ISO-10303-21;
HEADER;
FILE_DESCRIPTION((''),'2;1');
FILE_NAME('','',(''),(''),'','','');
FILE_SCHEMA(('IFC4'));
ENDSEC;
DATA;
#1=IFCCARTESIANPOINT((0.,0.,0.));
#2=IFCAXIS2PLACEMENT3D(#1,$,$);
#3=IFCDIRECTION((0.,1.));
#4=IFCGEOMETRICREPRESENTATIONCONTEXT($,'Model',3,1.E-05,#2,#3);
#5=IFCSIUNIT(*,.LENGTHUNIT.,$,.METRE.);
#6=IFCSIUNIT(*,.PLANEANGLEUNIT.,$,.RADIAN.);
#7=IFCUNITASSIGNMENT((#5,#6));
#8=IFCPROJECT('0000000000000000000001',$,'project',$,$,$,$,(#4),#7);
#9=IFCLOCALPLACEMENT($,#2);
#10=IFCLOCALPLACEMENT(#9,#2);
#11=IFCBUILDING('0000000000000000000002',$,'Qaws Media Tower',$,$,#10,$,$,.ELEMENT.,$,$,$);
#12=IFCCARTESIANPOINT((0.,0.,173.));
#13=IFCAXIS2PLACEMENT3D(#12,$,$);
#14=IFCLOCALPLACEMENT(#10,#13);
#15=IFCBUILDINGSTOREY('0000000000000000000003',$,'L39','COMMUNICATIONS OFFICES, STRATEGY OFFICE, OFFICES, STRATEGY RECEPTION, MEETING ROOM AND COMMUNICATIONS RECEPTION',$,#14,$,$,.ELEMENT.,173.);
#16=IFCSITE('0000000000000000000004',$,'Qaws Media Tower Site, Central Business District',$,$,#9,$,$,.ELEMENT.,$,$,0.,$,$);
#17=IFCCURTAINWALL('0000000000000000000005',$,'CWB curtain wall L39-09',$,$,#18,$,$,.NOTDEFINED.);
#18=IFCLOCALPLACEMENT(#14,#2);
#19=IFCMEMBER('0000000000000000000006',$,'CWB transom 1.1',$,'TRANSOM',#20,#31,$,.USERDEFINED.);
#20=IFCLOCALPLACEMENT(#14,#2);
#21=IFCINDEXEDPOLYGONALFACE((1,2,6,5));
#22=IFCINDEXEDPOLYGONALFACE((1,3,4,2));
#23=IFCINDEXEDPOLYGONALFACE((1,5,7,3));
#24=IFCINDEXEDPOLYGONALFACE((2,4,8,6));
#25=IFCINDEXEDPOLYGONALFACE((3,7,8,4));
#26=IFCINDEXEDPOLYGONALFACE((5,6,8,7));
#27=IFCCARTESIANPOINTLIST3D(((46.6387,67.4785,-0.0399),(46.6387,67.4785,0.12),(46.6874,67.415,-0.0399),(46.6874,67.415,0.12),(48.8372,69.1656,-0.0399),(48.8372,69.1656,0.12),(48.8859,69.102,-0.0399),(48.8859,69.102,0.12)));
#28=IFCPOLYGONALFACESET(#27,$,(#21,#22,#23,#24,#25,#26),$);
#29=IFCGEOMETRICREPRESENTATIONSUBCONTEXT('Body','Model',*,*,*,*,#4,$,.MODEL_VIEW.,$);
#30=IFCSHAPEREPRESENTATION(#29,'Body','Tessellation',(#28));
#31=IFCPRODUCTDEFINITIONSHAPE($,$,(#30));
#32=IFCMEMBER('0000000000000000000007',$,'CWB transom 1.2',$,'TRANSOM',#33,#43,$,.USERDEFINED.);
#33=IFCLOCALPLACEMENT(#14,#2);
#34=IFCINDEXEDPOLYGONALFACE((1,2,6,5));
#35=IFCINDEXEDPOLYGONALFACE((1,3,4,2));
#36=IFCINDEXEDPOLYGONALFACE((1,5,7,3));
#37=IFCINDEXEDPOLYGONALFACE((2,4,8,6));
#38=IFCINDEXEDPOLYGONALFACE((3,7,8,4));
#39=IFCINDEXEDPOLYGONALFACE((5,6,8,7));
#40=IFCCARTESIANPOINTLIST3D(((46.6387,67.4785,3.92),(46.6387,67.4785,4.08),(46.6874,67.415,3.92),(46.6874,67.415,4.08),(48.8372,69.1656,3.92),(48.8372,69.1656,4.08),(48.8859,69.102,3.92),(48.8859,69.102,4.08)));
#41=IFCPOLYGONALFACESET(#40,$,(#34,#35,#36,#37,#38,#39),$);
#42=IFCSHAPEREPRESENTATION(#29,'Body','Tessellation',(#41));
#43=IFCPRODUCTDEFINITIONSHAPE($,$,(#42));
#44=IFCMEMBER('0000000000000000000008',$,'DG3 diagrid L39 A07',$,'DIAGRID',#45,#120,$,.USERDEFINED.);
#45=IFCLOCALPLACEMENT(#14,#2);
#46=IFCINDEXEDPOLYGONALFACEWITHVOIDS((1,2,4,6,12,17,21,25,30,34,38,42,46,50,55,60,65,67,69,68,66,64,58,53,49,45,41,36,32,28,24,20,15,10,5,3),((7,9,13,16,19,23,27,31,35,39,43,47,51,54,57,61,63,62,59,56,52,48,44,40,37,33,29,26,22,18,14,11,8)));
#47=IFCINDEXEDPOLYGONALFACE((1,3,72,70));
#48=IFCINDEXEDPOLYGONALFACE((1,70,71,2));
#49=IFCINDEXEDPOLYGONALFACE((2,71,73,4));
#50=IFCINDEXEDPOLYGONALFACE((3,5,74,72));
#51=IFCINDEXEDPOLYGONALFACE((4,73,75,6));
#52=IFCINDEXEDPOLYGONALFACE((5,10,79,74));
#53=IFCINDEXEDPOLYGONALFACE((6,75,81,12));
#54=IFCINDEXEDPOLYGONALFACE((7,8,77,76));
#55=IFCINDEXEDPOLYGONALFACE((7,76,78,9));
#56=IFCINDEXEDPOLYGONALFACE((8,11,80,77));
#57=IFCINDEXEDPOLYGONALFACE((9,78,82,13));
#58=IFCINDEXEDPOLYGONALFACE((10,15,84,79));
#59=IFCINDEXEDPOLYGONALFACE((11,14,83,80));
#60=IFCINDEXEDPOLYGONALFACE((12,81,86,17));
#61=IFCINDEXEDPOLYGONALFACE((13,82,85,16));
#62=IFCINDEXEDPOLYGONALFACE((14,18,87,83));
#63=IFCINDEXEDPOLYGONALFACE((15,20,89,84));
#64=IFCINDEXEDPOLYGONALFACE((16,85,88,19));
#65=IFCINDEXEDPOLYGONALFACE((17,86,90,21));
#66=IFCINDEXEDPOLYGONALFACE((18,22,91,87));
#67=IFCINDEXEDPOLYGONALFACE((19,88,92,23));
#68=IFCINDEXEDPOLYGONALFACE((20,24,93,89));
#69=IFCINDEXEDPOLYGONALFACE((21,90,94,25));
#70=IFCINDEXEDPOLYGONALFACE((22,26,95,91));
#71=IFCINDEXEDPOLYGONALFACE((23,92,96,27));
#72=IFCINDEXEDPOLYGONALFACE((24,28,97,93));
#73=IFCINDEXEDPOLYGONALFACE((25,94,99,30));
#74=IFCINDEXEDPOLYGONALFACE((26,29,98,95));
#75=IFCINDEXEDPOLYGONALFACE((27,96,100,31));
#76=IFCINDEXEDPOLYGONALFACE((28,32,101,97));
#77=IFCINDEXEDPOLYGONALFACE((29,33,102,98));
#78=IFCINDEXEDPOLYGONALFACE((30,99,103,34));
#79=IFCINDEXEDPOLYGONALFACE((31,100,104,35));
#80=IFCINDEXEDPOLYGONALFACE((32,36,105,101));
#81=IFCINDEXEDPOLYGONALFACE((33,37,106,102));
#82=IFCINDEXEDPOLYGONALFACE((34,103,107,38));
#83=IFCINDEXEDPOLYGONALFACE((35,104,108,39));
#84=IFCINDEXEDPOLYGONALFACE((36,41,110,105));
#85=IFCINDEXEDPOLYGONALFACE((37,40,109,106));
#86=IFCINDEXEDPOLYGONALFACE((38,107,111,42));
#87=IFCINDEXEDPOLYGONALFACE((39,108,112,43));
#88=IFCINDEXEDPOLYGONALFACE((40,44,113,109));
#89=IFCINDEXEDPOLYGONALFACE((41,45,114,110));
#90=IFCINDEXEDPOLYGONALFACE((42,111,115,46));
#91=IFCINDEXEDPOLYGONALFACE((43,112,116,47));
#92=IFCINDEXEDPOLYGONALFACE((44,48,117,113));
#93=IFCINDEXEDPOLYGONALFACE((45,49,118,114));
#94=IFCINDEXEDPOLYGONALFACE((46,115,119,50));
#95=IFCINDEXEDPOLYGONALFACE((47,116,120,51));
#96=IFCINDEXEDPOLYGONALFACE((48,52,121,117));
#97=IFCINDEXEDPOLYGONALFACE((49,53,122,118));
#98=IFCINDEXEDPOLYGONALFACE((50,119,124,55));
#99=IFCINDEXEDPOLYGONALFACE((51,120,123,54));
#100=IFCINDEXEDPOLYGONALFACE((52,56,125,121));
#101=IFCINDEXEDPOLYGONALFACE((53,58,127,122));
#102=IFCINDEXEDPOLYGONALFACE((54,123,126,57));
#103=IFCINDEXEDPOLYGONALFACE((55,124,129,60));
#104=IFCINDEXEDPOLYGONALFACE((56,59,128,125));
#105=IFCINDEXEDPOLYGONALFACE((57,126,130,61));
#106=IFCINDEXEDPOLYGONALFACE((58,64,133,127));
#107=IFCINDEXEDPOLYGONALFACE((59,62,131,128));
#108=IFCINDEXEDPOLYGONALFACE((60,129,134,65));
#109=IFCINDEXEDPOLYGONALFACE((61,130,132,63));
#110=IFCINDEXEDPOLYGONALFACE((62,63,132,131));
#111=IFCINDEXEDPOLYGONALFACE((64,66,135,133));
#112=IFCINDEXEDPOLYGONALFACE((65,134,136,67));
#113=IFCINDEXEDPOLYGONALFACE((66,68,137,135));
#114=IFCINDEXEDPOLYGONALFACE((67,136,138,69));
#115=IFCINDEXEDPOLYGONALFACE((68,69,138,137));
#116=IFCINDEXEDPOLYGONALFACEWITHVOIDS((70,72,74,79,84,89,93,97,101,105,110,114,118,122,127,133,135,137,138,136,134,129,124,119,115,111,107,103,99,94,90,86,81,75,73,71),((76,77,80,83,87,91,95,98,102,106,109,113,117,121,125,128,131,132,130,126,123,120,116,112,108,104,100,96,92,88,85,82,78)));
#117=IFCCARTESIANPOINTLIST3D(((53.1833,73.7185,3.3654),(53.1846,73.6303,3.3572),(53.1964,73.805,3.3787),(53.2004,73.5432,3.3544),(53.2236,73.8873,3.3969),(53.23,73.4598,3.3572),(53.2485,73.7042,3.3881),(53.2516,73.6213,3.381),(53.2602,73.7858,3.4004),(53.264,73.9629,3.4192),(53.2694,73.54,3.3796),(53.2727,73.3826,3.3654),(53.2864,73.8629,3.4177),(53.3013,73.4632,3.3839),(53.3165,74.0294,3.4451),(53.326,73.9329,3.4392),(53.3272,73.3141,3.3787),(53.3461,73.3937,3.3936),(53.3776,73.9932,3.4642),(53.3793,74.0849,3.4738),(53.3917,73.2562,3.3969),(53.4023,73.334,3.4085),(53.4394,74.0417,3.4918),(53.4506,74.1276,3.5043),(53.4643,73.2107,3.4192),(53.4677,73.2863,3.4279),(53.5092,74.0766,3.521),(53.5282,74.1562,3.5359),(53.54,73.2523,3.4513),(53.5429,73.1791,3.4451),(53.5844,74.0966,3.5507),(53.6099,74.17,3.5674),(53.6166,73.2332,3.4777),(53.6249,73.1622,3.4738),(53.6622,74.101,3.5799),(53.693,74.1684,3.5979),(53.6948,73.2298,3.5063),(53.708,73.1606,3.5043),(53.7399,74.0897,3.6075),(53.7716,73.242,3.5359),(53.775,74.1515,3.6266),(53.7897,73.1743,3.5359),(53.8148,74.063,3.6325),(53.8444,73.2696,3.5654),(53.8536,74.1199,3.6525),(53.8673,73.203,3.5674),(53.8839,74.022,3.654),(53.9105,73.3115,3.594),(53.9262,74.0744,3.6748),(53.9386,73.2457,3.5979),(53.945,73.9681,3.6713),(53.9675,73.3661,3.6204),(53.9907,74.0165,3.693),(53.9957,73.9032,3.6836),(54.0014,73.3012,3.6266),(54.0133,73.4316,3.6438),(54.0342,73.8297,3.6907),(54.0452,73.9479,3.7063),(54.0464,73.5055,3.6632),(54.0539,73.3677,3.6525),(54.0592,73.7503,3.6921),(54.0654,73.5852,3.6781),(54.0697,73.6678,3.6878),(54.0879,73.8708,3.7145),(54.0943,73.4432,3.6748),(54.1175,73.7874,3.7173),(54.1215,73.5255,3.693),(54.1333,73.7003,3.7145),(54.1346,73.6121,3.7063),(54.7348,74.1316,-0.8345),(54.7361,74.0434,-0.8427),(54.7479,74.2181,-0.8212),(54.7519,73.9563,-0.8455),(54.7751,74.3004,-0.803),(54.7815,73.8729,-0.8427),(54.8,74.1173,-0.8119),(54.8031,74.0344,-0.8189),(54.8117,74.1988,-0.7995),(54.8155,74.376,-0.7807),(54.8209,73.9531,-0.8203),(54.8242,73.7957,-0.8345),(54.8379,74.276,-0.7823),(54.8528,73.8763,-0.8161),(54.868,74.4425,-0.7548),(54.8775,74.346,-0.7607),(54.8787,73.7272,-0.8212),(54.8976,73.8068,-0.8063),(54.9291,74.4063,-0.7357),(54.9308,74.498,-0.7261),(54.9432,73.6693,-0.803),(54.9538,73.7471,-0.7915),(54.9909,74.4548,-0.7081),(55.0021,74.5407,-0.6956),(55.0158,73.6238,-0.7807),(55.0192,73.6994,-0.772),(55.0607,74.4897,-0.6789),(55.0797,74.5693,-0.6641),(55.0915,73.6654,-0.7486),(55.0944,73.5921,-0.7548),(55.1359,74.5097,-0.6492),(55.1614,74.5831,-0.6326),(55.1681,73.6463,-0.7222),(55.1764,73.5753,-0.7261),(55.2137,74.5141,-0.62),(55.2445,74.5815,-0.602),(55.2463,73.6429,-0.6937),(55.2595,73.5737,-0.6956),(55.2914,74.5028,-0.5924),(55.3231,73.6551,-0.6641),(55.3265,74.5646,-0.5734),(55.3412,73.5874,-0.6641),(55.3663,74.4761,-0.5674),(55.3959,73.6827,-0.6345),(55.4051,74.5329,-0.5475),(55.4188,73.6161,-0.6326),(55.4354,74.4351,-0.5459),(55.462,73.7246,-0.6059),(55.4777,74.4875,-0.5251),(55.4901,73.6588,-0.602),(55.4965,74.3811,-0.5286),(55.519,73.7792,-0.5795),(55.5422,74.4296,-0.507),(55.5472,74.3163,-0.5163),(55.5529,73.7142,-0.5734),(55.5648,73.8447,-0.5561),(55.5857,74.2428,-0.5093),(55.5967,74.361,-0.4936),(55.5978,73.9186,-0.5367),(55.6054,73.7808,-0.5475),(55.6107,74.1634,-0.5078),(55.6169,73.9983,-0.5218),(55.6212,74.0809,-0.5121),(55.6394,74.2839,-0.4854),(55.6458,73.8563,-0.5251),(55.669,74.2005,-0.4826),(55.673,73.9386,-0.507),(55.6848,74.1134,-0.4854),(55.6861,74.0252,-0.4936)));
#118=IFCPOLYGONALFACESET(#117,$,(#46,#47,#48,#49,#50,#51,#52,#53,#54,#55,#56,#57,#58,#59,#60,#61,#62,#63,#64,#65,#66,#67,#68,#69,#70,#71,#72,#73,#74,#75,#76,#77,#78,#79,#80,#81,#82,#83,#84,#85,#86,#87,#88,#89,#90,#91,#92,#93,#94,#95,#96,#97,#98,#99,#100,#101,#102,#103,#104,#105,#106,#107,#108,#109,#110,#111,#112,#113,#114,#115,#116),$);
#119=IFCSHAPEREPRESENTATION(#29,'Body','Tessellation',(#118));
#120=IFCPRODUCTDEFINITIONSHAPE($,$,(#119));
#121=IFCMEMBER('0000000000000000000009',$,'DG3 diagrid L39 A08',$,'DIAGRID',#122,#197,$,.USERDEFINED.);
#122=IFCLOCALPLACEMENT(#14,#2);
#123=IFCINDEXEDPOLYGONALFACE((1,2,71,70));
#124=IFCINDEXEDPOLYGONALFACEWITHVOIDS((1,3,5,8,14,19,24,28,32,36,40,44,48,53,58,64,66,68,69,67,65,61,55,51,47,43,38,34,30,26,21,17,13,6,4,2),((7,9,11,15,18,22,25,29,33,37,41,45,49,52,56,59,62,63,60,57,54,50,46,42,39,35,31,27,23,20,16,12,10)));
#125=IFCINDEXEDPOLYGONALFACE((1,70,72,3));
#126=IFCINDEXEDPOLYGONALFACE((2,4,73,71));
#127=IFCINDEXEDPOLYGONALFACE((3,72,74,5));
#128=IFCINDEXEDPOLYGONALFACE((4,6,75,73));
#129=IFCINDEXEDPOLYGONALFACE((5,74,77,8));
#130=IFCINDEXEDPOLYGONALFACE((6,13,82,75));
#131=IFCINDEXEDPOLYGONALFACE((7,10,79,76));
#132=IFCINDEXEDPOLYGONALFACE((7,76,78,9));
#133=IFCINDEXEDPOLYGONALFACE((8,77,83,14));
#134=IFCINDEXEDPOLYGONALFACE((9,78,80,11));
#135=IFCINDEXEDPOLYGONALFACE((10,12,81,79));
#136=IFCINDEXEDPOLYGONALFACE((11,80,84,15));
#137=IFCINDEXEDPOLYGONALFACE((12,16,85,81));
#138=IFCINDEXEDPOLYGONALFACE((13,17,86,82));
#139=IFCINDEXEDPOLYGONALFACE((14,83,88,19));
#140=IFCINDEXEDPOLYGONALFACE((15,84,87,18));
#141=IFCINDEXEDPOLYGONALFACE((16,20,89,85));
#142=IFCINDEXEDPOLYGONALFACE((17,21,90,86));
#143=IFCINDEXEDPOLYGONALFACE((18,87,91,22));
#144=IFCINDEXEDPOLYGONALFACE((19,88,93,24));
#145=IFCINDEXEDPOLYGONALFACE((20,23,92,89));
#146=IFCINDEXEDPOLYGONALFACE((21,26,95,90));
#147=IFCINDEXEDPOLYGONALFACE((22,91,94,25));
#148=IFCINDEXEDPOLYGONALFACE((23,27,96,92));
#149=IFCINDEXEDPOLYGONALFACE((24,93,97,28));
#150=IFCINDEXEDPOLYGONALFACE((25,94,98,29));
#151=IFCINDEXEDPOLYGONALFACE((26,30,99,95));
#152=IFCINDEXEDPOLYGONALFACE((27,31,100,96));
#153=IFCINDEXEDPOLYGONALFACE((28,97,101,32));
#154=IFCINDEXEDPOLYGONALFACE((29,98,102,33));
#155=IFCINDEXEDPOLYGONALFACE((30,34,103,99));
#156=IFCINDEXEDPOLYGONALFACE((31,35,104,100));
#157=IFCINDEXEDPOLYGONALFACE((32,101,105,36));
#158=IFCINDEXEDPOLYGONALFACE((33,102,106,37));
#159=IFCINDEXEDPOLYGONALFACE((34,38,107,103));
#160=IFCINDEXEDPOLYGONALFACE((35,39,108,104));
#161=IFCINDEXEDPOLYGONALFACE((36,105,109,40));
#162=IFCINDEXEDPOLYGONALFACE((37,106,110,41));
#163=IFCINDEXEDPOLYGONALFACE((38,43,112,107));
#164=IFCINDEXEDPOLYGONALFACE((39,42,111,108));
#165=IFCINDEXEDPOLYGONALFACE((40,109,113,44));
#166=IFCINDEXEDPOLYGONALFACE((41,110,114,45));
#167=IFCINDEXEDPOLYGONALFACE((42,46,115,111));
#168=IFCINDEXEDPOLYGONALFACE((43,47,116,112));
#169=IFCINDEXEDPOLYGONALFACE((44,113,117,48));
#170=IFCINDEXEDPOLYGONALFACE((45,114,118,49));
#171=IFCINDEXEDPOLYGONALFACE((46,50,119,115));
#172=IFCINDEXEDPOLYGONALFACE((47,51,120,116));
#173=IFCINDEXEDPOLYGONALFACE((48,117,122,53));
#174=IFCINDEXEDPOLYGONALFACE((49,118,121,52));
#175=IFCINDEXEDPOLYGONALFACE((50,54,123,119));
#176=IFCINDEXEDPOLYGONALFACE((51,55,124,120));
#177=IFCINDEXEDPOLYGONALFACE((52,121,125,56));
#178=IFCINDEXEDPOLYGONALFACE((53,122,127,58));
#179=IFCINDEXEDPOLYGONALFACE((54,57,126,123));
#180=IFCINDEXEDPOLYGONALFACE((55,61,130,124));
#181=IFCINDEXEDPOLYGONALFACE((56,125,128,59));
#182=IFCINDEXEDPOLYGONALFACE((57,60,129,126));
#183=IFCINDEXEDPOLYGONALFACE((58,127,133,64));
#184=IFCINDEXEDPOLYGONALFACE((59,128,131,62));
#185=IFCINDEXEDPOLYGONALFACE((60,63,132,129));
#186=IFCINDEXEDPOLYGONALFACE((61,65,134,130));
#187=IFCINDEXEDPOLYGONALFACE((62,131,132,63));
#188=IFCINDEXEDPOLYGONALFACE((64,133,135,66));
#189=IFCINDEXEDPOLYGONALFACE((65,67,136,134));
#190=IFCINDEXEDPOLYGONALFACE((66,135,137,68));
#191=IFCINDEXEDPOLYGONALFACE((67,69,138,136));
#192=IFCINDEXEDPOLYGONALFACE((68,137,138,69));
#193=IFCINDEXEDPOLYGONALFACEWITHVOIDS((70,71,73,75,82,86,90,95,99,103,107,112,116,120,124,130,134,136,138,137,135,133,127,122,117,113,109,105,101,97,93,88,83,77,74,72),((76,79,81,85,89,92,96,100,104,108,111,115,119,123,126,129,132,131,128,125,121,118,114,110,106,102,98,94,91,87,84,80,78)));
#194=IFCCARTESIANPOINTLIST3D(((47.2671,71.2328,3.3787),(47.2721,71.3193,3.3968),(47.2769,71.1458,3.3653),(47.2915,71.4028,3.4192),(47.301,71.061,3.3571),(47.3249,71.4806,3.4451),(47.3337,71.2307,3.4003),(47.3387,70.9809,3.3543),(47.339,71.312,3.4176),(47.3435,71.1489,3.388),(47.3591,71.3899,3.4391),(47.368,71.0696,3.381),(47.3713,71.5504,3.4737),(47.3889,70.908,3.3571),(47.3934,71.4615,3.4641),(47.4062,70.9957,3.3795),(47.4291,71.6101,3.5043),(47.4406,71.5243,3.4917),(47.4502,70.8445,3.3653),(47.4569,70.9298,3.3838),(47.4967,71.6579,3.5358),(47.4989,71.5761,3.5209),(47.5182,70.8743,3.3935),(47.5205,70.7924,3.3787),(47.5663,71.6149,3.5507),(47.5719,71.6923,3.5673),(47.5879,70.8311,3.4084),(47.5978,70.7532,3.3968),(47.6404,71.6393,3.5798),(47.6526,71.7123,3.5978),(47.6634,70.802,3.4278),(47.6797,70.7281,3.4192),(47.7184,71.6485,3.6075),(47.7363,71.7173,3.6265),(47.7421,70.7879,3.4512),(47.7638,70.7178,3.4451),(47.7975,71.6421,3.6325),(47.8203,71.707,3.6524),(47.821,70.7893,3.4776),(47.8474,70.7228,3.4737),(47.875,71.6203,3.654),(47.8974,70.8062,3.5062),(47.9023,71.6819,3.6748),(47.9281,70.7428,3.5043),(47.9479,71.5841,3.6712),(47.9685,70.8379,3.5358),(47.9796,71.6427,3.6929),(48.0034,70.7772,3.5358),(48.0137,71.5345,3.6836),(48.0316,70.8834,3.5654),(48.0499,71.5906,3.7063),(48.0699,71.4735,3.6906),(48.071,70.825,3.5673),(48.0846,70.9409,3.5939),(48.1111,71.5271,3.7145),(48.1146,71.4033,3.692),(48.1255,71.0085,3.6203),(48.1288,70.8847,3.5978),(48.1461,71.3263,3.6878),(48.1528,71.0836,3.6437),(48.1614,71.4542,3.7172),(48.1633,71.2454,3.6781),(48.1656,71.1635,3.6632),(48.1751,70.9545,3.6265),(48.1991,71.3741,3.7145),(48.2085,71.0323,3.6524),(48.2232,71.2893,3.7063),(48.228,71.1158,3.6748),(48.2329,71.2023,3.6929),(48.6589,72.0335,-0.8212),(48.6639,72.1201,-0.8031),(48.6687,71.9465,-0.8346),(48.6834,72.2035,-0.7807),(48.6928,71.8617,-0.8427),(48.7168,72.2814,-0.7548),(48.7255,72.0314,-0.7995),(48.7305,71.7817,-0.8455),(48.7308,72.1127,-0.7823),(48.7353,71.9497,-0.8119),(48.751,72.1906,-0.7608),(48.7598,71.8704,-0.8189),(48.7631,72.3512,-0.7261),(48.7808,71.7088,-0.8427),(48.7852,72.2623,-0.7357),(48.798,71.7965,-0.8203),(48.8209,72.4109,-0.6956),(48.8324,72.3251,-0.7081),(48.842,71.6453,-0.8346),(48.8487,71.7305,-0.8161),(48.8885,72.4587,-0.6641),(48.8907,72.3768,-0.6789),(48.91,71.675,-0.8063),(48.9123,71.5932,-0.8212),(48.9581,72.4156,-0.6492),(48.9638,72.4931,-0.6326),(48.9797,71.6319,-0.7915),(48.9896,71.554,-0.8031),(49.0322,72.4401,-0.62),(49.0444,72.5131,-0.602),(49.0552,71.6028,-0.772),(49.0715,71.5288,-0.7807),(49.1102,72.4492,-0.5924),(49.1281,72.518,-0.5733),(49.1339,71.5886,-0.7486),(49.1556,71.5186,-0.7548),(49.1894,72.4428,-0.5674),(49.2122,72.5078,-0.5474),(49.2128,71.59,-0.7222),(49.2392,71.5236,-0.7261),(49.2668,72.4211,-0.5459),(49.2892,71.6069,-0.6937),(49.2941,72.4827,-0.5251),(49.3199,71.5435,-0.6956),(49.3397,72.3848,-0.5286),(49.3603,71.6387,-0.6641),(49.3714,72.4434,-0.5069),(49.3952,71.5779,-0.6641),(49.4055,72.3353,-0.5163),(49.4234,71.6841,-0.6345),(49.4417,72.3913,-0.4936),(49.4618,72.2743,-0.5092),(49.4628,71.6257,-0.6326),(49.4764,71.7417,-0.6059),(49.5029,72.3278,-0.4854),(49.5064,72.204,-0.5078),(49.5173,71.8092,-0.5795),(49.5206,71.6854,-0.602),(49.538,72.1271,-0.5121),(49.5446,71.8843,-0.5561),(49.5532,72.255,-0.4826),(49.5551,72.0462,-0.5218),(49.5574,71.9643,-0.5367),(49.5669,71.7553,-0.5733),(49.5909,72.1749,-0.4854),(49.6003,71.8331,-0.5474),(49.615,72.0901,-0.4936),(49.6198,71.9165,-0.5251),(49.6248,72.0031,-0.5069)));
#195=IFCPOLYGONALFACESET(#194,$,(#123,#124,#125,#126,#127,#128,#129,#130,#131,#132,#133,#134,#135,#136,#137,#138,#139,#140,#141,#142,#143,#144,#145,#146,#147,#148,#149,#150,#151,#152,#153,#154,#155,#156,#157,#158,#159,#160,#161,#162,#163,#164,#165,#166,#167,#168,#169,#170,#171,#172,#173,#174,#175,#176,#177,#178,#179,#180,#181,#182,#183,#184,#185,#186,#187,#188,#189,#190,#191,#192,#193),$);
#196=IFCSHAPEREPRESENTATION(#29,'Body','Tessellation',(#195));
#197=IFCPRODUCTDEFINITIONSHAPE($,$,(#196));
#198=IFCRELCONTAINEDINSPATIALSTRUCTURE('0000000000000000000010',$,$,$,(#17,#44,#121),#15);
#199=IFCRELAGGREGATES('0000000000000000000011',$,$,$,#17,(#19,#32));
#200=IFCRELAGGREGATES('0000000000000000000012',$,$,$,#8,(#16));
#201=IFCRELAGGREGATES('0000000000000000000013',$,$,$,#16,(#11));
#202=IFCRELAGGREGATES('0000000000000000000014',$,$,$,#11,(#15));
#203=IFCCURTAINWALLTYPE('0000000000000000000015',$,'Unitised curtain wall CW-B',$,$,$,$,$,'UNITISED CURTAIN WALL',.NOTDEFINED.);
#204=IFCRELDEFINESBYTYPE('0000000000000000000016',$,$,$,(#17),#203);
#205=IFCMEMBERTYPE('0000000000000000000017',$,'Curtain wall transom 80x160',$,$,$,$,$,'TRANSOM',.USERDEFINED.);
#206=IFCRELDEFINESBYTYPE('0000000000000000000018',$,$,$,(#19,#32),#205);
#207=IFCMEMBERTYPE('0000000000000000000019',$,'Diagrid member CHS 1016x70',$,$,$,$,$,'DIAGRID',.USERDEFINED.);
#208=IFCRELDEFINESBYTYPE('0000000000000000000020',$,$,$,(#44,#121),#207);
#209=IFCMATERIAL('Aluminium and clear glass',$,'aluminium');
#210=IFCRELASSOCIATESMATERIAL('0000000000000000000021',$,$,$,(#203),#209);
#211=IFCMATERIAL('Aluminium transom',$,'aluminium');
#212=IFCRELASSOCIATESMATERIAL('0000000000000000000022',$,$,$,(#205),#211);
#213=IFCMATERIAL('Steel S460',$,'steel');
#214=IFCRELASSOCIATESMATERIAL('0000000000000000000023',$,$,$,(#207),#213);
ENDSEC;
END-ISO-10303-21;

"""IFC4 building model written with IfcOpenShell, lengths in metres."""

from ifc_helpers import new_model, si_unit, direction, frame, origin, origin_2d, place, context, subcontext, project, spatial, rectangle, hollow_circle, extrude, material, material_profile, profile_set, type_object, element, aggregate, save


model = new_model("IFC4")

# Units and contexts
model_context = context("Model", 3, precision=1e-05, world=origin(), true_north=direction((0.0, 1.0)))
body_context = subcontext(model_context, "Body", "Model", "MODEL_VIEW")
ifc_project = project(units=[si_unit("LENGTHUNIT", "METRE"), si_unit("PLANEANGLEUNIT", "RADIAN")], contexts=[model_context])

# Site, building, storey
site_placement = place(None, origin())
site = spatial("IfcSite", under=ifc_project, at=site_placement, Name="Qaws Media Tower Site, Central Business District", CompositionType="ELEMENT", RefElevation=0.0)
building_placement = place(site_placement, origin())
building = spatial("IfcBuilding", under=site, at=building_placement, Name="Qaws Media Tower", CompositionType="ELEMENT")
storey_placement = place(building_placement, frame((0.0, 0.0, 173.0)))
storey = spatial("IfcBuildingStorey", under=building, at=storey_placement, Name="L39", Description="COMMUNICATIONS OFFICES, STRATEGY OFFICE, OFFICES, STRATEGY RECEPTION, MEETING ROOM AND COMMUNICATIONS RECEPTION", CompositionType="ELEMENT", Elevation=173.0)

# Shared definitions
ifc_material_1 = material(Name="Aluminium and clear glass", Category="aluminium")
curtain_wall_type = type_object("IfcCurtainWallType", Name="Unitised curtain wall CW-B", ElementType="UNITISED CURTAIN WALL", PredefinedType="NOTDEFINED", material=ifc_material_1)

# Curtain wall
curtain_wall_1_placement = place(storey_placement, origin())
curtain_wall_1 = element("IfcCurtainWall", 1, at=curtain_wall_1_placement, inside=storey, type_object=curtain_wall_type, Name="CWB curtain wall L39-09", PredefinedType="NOTDEFINED")

# Members
ifc_material_2 = material(Name="Aluminium transom", Category="aluminium")
ifc_material_profile_1 = material_profile(ifc_material_2, rectangle(XDim=0.0801, YDim=0.1599, at=origin_2d()), Name="80x160")
ifc_profile_set_1 = profile_set([ifc_material_profile_1], Name="Aluminium transom")
member_type_1 = type_object("IfcMemberType", Name="Curtain wall transom 80x160", ElementType="TRANSOM", PredefinedType="USERDEFINED", material=ifc_profile_set_1)
member_1_placement = place(storey_placement, frame((48.8616, 69.1338, 0.04), z_axis=(-0.793344, -0.608774, 0.0), x_axis=(0.608774, -0.793344, 0.0)))
member_1 = element("IfcMember", 2, at=member_1_placement, type_object=member_type_1, Name="CWB transom 1.1", ObjectType="TRANSOM", PredefinedType="USERDEFINED", context=body_context, shape_type="SweptSolid", body=[
    extrude(rectangle(XDim=0.0801, YDim=0.1599, at=origin_2d()), origin(), (0.0, 0.0, 1.0), 2.7712),
])
member_2_placement = place(storey_placement, frame((48.8616, 69.1338, 4.0), z_axis=(-0.793344, -0.608774, 0.0), x_axis=(0.608774, -0.793344, 0.0)))
member_2 = element("IfcMember", 3, at=member_2_placement, type_object=member_type_1, Name="CWB transom 1.2", ObjectType="TRANSOM", PredefinedType="USERDEFINED", context=body_context, shape_type="SweptSolid", body=[
    extrude(rectangle(XDim=0.0801, YDim=0.1599, at=origin_2d()), origin(), (0.0, 0.0, 1.0), 2.7712),
])

# Members
ifc_material_3 = material(Name="Steel S460", Category="steel")
ifc_material_profile_2 = material_profile(ifc_material_3, hollow_circle(Radius=0.5081, WallThickness=0.0701, at=origin_2d()), Name="CHS 1016x70")
ifc_profile_set_2 = profile_set([ifc_material_profile_2], Name="Steel S460")
member_type_2 = type_object("IfcMemberType", Name="Diagrid member CHS 1016x70", ElementType="DIAGRID", PredefinedType="USERDEFINED", material=ifc_profile_set_2)
for number, where, z_axis, x_axis, name in (
    (4, (55.2104, 74.0784, -0.6641), (-0.345058, -0.091871, 0.934074), (0.257284, -0.966336, 0.0), "DG3 diagrid L39 A07"),
    (5, (49.1418, 72.0183, -0.6641), (-0.309543, -0.178092, 0.934059), (0.498691, -0.86678, 0.0), "DG3 diagrid L39 A08"),
):
    element("IfcMember", number, at=place(storey_placement, frame(where, z_axis=z_axis, x_axis=x_axis)), inside=storey, type_object=member_type_2, Name=name, ObjectType="DIAGRID", PredefinedType="USERDEFINED", context=body_context, shape_type="SweptSolid", body=[
        extrude(hollow_circle(Radius=0.5081, WallThickness=0.0701, at=origin_2d()), origin(), (0.0, 0.0, 1.0), 4.4963),
    ])

aggregate(curtain_wall_1, [member_1, member_2])

save(model, "model.ifc")
